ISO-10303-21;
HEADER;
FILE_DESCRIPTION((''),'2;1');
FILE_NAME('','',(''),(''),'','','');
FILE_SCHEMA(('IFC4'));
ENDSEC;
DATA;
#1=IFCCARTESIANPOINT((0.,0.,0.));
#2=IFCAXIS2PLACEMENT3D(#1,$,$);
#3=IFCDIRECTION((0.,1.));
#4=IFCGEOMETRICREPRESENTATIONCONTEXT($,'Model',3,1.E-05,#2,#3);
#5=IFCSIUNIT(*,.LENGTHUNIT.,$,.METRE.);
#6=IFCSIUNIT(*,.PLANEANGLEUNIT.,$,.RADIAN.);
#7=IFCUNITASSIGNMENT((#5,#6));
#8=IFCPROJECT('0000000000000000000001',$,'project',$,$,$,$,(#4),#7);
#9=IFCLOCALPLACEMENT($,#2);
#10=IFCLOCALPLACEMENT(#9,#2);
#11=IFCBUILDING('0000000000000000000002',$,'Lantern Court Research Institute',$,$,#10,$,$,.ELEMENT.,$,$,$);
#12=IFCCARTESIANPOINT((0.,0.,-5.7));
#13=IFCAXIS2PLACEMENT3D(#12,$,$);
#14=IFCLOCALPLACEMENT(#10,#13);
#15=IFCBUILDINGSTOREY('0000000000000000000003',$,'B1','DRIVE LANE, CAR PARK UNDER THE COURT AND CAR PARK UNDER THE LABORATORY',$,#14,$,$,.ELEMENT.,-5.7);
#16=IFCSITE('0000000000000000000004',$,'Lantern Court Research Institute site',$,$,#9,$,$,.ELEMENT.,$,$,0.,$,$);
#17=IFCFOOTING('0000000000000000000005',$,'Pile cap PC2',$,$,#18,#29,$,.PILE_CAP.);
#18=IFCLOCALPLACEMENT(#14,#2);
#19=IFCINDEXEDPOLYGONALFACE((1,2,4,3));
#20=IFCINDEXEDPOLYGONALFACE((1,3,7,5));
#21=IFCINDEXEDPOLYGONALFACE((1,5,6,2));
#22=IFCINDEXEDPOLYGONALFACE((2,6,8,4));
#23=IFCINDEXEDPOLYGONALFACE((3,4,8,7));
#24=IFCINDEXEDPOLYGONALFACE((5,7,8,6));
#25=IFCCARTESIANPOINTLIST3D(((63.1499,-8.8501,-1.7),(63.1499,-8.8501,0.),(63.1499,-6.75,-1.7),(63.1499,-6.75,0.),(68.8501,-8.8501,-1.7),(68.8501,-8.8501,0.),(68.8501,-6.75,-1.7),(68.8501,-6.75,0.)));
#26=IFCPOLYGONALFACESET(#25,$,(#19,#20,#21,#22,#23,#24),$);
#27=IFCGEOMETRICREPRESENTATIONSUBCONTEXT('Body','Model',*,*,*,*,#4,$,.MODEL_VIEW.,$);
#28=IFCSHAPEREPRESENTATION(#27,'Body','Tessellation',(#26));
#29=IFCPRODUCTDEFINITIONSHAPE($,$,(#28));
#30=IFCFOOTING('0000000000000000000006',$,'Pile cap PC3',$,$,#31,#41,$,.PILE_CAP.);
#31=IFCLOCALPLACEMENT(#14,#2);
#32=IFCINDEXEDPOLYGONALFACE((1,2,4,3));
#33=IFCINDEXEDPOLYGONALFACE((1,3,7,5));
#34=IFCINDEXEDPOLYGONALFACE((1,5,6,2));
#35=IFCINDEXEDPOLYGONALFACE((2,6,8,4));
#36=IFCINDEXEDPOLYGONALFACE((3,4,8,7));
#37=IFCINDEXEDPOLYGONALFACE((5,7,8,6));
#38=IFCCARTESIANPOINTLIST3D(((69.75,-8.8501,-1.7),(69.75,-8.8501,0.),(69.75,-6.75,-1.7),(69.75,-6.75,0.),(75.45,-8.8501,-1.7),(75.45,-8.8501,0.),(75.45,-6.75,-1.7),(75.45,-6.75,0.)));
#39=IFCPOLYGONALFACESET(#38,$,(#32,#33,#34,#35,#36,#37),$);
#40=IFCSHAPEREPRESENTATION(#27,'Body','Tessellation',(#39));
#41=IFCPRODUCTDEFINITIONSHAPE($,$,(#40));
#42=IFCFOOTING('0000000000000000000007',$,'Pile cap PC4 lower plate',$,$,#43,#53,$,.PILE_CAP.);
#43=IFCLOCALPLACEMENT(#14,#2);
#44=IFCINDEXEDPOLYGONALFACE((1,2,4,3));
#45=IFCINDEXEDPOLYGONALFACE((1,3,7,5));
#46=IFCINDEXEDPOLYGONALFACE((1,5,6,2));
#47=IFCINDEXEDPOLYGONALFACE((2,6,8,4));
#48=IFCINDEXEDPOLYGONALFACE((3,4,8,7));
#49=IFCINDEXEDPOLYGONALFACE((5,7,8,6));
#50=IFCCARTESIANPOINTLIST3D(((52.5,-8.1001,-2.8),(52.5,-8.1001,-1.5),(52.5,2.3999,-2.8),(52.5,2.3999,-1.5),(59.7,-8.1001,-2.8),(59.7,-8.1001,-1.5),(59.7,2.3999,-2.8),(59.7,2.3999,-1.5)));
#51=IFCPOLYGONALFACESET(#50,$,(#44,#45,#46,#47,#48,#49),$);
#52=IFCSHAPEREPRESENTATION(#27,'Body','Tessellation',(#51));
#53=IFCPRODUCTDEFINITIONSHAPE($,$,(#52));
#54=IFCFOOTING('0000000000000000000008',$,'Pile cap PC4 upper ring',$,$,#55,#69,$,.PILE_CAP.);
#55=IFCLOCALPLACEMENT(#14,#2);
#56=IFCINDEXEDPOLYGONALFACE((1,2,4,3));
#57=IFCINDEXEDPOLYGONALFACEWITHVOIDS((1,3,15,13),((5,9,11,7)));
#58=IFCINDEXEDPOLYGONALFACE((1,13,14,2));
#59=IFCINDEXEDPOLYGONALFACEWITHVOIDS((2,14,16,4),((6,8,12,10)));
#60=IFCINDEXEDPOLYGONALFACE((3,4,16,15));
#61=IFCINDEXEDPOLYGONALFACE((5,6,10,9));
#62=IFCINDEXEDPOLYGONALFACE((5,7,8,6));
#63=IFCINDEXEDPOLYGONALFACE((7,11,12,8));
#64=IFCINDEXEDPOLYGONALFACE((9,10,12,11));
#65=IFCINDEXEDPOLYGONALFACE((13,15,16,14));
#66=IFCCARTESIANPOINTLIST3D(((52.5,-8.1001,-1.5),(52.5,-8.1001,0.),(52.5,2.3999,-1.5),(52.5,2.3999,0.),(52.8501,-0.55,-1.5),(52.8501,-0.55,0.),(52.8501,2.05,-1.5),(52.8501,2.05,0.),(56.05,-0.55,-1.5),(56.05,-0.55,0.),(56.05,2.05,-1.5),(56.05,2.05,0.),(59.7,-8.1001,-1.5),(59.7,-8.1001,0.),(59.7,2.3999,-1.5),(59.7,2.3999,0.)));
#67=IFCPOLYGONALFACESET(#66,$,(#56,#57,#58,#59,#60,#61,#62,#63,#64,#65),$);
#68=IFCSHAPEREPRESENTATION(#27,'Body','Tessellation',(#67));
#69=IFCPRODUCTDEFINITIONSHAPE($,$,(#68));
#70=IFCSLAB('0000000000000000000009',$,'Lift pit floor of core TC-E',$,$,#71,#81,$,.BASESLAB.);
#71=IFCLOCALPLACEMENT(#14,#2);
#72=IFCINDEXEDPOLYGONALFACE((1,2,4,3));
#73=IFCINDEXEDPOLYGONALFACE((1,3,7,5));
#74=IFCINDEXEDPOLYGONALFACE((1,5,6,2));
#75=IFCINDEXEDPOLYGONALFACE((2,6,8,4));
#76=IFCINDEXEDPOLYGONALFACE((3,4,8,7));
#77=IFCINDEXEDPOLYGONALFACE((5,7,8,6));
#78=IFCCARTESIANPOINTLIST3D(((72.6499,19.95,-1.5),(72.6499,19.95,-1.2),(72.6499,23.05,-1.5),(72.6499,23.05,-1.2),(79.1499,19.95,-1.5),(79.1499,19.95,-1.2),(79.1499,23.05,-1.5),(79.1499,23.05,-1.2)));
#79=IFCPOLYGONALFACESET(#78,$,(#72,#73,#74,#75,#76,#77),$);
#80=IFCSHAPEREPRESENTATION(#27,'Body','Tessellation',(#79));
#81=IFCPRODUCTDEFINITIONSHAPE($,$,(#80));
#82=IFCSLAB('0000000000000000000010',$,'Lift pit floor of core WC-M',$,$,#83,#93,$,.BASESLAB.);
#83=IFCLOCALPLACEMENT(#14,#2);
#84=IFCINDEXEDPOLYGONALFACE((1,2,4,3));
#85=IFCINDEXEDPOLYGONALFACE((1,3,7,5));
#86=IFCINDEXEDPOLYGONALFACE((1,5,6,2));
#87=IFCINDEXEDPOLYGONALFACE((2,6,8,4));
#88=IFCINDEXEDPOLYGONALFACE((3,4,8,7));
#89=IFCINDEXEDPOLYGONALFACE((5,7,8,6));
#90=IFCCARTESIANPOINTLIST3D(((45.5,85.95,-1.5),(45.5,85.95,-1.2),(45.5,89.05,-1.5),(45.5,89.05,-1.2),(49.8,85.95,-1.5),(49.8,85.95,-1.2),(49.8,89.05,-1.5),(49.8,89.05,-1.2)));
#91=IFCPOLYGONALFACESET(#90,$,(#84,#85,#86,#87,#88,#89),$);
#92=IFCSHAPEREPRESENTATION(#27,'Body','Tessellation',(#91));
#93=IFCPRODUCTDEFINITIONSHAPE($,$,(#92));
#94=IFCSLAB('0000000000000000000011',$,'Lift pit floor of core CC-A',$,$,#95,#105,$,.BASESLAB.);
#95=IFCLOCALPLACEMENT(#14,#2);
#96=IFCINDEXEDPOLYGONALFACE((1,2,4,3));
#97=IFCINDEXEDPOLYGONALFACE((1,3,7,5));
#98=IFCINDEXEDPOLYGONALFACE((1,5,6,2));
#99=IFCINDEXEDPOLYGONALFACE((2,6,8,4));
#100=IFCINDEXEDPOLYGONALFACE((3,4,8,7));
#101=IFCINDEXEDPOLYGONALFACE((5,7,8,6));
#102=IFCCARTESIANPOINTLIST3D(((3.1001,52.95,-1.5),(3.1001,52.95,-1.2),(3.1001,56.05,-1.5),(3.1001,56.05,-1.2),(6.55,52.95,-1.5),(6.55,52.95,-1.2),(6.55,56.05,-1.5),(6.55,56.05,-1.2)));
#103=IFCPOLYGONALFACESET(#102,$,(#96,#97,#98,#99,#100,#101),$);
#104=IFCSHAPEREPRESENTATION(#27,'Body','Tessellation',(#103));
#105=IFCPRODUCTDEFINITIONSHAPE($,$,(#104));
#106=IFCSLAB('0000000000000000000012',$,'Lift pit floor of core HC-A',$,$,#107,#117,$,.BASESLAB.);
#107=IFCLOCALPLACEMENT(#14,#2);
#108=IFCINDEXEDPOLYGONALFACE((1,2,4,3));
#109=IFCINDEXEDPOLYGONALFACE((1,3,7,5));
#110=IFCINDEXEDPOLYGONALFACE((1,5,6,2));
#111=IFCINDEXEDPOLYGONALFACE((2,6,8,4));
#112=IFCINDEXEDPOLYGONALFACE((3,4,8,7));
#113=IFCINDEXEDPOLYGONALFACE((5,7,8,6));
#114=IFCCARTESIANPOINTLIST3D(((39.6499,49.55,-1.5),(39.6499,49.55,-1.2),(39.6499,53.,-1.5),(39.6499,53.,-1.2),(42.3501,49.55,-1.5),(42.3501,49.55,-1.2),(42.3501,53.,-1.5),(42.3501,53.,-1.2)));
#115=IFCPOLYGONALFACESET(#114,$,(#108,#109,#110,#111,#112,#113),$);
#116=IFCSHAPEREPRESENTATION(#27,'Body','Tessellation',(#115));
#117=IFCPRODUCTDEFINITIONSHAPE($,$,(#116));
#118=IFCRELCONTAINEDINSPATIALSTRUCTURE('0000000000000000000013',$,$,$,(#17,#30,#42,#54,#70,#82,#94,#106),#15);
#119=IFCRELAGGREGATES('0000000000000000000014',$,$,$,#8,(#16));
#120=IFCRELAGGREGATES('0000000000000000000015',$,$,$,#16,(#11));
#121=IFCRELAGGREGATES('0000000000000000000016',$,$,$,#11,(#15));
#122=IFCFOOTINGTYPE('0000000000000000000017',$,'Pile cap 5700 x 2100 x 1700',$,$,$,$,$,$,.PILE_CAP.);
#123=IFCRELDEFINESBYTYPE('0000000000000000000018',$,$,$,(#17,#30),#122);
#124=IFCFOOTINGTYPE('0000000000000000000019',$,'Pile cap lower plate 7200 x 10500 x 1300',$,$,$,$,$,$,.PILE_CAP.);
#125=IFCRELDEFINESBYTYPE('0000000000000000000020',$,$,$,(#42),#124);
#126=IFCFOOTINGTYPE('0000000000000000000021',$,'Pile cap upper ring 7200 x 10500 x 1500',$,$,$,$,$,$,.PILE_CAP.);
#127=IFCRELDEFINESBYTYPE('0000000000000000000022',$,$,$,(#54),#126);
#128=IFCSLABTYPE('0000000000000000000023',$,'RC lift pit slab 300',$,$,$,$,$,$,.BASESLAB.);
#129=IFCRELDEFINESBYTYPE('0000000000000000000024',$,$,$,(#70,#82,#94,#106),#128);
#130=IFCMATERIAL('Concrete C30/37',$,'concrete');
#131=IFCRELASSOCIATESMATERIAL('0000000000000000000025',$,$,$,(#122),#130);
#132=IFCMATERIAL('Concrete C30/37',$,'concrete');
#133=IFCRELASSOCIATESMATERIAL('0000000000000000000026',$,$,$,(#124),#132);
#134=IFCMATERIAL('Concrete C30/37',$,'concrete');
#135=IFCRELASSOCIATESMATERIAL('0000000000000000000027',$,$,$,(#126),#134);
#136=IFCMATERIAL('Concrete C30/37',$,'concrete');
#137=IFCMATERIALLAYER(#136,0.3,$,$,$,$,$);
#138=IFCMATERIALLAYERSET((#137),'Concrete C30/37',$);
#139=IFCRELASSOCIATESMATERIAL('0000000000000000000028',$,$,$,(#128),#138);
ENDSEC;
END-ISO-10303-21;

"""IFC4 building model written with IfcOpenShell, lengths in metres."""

from ifc_helpers import new_model, si_unit, direction, frame, origin, place, context, subcontext, project, spatial, polyline, outline, extrude, material, layer, layer_set, type_object, element, save


model = new_model("IFC4")

# Units and contexts
model_context = context("Model", 3, precision=1e-05, world=origin(), true_north=direction((0.0, 1.0)))
body_context = subcontext(model_context, "Body", "Model", "MODEL_VIEW")
ifc_project = project(units=[si_unit("LENGTHUNIT", "METRE"), si_unit("PLANEANGLEUNIT", "RADIAN")], contexts=[model_context])

# Site, building, storey
site_placement = place(None, origin())
site = spatial("IfcSite", under=ifc_project, at=site_placement, Name="Lantern Court Research Institute site", CompositionType="ELEMENT", RefElevation=0.0)
building_placement = place(site_placement, origin())
building = spatial("IfcBuilding", under=site, at=building_placement, Name="Lantern Court Research Institute", CompositionType="ELEMENT")
storey_placement = place(building_placement, frame((0.0, 0.0, -5.7)))
storey = spatial("IfcBuildingStorey", under=building, at=storey_placement, Name="B1", Description="DRIVE LANE, CAR PARK UNDER THE COURT AND CAR PARK UNDER THE LABORATORY", CompositionType="ELEMENT", Elevation=-5.7)

# Footings
ifc_material_1 = material(Name="Concrete C30/37", Category="concrete")
footing_type_1 = type_object("IfcFootingType", Name="Pile cap 5700 x 2100 x 1700", PredefinedType="PILE_CAP", material=ifc_material_1)
footing_1_placement = place(storey_placement, frame((0.0, 0.0, -1.7)))
element("IfcFooting", 1, at=footing_1_placement, inside=storey, type_object=footing_type_1, Name="Pile cap PC2", PredefinedType="PILE_CAP", context=body_context, shape_type="SweptSolid", body=[
    extrude(outline(polyline([(63.1499, -8.8501), (68.8501, -8.8501), (68.8501, -6.75), (63.1499, -6.75), (63.1499, -8.8501)])), origin(), (0.0, 0.0, 1.0), 1.7),
])
footing_2_placement = place(storey_placement, frame((0.0, 0.0, -1.7)))
element("IfcFooting", 2, at=footing_2_placement, inside=storey, type_object=footing_type_1, Name="Pile cap PC3", PredefinedType="PILE_CAP", context=body_context, shape_type="SweptSolid", body=[
    extrude(outline(polyline([(69.75, -8.8501), (75.45, -8.8501), (75.45, -6.75), (69.75, -6.75), (69.75, -8.8501)])), origin(), (0.0, 0.0, 1.0), 1.7),
])
ifc_material_2 = material(Name="Concrete C30/37", Category="concrete")
footing_type_2 = type_object("IfcFootingType", Name="Pile cap lower plate 7200 x 10500 x 1300", PredefinedType="PILE_CAP", material=ifc_material_2)
footing_3_placement = place(storey_placement, frame((0.0, 0.0, -2.8)))
element("IfcFooting", 3, at=footing_3_placement, inside=storey, type_object=footing_type_2, Name="Pile cap PC4 lower plate", PredefinedType="PILE_CAP", context=body_context, shape_type="SweptSolid", body=[
    extrude(outline(polyline([(52.5, -8.1001), (59.7, -8.1001), (59.7, 2.3999), (52.5, 2.3999), (52.5, -8.1001)])), origin(), (0.0, 0.0, 1.0), 1.3),
])
ifc_material_3 = material(Name="Concrete C30/37", Category="concrete")
footing_type_3 = type_object("IfcFootingType", Name="Pile cap upper ring 7200 x 10500 x 1500", PredefinedType="PILE_CAP", material=ifc_material_3)
footing_4_placement = place(storey_placement, frame((0.0, 0.0, -1.5)))
element("IfcFooting", 4, at=footing_4_placement, inside=storey, type_object=footing_type_3, Name="Pile cap PC4 upper ring", PredefinedType="PILE_CAP", context=body_context, shape_type="SweptSolid", body=[
    extrude(outline(polyline([(52.5, -8.1001), (59.7, -8.1001), (59.7, 2.3999), (52.5, 2.3999), (52.5, -8.1001)]), holes=[polyline([(52.8501, -0.55), (56.05, -0.55), (56.05, 2.05), (52.8501, 2.05), (52.8501, -0.55)])]), origin(), (0.0, 0.0, 1.0), 1.5),
])

# Slabs
ifc_material_4 = material(Name="Concrete C30/37", Category="concrete")
ifc_layer = layer(ifc_material_4, 0.3)
ifc_layer_set = layer_set([ifc_layer], Name="Concrete C30/37")
slab_type = type_object("IfcSlabType", Name="RC lift pit slab 300", PredefinedType="BASESLAB", material=ifc_layer_set)
slab_1_placement = place(storey_placement, frame((0.0, 0.0, -1.5)))
element("IfcSlab", 5, at=slab_1_placement, inside=storey, type_object=slab_type, Name="Lift pit floor of core TC-E", PredefinedType="BASESLAB", context=body_context, shape_type="SweptSolid", body=[
    extrude(outline(polyline([(72.6499, 19.95), (79.1499, 19.95), (79.1499, 23.05), (72.6499, 23.05), (72.6499, 19.95)])), origin(), (0.0, 0.0, 1.0), 0.3),
])
slab_2_placement = place(storey_placement, frame((0.0, 0.0, -1.5)))
element("IfcSlab", 6, at=slab_2_placement, inside=storey, type_object=slab_type, Name="Lift pit floor of core WC-M", PredefinedType="BASESLAB", context=body_context, shape_type="SweptSolid", body=[
    extrude(outline(polyline([(45.5, 85.95), (49.8, 85.95), (49.8, 89.05), (45.5, 89.05), (45.5, 85.95)])), origin(), (0.0, 0.0, 1.0), 0.3),
])
slab_3_placement = place(storey_placement, frame((0.0, 0.0, -1.5)))
element("IfcSlab", 7, at=slab_3_placement, inside=storey, type_object=slab_type, Name="Lift pit floor of core CC-A", PredefinedType="BASESLAB", context=body_context, shape_type="SweptSolid", body=[
    extrude(outline(polyline([(3.1001, 52.95), (6.55, 52.95), (6.55, 56.05), (3.1001, 56.05), (3.1001, 52.95)])), origin(), (0.0, 0.0, 1.0), 0.3),
])
slab_4_placement = place(storey_placement, frame((0.0, 0.0, -1.5)))
element("IfcSlab", 8, at=slab_4_placement, inside=storey, type_object=slab_type, Name="Lift pit floor of core HC-A", PredefinedType="BASESLAB", context=body_context, shape_type="SweptSolid", body=[
    extrude(outline(polyline([(39.6499, 49.55), (42.3501, 49.55), (42.3501, 53.0), (39.6499, 53.0), (39.6499, 49.55)])), origin(), (0.0, 0.0, 1.0), 0.3),
])

save(model, "model.ifc")
